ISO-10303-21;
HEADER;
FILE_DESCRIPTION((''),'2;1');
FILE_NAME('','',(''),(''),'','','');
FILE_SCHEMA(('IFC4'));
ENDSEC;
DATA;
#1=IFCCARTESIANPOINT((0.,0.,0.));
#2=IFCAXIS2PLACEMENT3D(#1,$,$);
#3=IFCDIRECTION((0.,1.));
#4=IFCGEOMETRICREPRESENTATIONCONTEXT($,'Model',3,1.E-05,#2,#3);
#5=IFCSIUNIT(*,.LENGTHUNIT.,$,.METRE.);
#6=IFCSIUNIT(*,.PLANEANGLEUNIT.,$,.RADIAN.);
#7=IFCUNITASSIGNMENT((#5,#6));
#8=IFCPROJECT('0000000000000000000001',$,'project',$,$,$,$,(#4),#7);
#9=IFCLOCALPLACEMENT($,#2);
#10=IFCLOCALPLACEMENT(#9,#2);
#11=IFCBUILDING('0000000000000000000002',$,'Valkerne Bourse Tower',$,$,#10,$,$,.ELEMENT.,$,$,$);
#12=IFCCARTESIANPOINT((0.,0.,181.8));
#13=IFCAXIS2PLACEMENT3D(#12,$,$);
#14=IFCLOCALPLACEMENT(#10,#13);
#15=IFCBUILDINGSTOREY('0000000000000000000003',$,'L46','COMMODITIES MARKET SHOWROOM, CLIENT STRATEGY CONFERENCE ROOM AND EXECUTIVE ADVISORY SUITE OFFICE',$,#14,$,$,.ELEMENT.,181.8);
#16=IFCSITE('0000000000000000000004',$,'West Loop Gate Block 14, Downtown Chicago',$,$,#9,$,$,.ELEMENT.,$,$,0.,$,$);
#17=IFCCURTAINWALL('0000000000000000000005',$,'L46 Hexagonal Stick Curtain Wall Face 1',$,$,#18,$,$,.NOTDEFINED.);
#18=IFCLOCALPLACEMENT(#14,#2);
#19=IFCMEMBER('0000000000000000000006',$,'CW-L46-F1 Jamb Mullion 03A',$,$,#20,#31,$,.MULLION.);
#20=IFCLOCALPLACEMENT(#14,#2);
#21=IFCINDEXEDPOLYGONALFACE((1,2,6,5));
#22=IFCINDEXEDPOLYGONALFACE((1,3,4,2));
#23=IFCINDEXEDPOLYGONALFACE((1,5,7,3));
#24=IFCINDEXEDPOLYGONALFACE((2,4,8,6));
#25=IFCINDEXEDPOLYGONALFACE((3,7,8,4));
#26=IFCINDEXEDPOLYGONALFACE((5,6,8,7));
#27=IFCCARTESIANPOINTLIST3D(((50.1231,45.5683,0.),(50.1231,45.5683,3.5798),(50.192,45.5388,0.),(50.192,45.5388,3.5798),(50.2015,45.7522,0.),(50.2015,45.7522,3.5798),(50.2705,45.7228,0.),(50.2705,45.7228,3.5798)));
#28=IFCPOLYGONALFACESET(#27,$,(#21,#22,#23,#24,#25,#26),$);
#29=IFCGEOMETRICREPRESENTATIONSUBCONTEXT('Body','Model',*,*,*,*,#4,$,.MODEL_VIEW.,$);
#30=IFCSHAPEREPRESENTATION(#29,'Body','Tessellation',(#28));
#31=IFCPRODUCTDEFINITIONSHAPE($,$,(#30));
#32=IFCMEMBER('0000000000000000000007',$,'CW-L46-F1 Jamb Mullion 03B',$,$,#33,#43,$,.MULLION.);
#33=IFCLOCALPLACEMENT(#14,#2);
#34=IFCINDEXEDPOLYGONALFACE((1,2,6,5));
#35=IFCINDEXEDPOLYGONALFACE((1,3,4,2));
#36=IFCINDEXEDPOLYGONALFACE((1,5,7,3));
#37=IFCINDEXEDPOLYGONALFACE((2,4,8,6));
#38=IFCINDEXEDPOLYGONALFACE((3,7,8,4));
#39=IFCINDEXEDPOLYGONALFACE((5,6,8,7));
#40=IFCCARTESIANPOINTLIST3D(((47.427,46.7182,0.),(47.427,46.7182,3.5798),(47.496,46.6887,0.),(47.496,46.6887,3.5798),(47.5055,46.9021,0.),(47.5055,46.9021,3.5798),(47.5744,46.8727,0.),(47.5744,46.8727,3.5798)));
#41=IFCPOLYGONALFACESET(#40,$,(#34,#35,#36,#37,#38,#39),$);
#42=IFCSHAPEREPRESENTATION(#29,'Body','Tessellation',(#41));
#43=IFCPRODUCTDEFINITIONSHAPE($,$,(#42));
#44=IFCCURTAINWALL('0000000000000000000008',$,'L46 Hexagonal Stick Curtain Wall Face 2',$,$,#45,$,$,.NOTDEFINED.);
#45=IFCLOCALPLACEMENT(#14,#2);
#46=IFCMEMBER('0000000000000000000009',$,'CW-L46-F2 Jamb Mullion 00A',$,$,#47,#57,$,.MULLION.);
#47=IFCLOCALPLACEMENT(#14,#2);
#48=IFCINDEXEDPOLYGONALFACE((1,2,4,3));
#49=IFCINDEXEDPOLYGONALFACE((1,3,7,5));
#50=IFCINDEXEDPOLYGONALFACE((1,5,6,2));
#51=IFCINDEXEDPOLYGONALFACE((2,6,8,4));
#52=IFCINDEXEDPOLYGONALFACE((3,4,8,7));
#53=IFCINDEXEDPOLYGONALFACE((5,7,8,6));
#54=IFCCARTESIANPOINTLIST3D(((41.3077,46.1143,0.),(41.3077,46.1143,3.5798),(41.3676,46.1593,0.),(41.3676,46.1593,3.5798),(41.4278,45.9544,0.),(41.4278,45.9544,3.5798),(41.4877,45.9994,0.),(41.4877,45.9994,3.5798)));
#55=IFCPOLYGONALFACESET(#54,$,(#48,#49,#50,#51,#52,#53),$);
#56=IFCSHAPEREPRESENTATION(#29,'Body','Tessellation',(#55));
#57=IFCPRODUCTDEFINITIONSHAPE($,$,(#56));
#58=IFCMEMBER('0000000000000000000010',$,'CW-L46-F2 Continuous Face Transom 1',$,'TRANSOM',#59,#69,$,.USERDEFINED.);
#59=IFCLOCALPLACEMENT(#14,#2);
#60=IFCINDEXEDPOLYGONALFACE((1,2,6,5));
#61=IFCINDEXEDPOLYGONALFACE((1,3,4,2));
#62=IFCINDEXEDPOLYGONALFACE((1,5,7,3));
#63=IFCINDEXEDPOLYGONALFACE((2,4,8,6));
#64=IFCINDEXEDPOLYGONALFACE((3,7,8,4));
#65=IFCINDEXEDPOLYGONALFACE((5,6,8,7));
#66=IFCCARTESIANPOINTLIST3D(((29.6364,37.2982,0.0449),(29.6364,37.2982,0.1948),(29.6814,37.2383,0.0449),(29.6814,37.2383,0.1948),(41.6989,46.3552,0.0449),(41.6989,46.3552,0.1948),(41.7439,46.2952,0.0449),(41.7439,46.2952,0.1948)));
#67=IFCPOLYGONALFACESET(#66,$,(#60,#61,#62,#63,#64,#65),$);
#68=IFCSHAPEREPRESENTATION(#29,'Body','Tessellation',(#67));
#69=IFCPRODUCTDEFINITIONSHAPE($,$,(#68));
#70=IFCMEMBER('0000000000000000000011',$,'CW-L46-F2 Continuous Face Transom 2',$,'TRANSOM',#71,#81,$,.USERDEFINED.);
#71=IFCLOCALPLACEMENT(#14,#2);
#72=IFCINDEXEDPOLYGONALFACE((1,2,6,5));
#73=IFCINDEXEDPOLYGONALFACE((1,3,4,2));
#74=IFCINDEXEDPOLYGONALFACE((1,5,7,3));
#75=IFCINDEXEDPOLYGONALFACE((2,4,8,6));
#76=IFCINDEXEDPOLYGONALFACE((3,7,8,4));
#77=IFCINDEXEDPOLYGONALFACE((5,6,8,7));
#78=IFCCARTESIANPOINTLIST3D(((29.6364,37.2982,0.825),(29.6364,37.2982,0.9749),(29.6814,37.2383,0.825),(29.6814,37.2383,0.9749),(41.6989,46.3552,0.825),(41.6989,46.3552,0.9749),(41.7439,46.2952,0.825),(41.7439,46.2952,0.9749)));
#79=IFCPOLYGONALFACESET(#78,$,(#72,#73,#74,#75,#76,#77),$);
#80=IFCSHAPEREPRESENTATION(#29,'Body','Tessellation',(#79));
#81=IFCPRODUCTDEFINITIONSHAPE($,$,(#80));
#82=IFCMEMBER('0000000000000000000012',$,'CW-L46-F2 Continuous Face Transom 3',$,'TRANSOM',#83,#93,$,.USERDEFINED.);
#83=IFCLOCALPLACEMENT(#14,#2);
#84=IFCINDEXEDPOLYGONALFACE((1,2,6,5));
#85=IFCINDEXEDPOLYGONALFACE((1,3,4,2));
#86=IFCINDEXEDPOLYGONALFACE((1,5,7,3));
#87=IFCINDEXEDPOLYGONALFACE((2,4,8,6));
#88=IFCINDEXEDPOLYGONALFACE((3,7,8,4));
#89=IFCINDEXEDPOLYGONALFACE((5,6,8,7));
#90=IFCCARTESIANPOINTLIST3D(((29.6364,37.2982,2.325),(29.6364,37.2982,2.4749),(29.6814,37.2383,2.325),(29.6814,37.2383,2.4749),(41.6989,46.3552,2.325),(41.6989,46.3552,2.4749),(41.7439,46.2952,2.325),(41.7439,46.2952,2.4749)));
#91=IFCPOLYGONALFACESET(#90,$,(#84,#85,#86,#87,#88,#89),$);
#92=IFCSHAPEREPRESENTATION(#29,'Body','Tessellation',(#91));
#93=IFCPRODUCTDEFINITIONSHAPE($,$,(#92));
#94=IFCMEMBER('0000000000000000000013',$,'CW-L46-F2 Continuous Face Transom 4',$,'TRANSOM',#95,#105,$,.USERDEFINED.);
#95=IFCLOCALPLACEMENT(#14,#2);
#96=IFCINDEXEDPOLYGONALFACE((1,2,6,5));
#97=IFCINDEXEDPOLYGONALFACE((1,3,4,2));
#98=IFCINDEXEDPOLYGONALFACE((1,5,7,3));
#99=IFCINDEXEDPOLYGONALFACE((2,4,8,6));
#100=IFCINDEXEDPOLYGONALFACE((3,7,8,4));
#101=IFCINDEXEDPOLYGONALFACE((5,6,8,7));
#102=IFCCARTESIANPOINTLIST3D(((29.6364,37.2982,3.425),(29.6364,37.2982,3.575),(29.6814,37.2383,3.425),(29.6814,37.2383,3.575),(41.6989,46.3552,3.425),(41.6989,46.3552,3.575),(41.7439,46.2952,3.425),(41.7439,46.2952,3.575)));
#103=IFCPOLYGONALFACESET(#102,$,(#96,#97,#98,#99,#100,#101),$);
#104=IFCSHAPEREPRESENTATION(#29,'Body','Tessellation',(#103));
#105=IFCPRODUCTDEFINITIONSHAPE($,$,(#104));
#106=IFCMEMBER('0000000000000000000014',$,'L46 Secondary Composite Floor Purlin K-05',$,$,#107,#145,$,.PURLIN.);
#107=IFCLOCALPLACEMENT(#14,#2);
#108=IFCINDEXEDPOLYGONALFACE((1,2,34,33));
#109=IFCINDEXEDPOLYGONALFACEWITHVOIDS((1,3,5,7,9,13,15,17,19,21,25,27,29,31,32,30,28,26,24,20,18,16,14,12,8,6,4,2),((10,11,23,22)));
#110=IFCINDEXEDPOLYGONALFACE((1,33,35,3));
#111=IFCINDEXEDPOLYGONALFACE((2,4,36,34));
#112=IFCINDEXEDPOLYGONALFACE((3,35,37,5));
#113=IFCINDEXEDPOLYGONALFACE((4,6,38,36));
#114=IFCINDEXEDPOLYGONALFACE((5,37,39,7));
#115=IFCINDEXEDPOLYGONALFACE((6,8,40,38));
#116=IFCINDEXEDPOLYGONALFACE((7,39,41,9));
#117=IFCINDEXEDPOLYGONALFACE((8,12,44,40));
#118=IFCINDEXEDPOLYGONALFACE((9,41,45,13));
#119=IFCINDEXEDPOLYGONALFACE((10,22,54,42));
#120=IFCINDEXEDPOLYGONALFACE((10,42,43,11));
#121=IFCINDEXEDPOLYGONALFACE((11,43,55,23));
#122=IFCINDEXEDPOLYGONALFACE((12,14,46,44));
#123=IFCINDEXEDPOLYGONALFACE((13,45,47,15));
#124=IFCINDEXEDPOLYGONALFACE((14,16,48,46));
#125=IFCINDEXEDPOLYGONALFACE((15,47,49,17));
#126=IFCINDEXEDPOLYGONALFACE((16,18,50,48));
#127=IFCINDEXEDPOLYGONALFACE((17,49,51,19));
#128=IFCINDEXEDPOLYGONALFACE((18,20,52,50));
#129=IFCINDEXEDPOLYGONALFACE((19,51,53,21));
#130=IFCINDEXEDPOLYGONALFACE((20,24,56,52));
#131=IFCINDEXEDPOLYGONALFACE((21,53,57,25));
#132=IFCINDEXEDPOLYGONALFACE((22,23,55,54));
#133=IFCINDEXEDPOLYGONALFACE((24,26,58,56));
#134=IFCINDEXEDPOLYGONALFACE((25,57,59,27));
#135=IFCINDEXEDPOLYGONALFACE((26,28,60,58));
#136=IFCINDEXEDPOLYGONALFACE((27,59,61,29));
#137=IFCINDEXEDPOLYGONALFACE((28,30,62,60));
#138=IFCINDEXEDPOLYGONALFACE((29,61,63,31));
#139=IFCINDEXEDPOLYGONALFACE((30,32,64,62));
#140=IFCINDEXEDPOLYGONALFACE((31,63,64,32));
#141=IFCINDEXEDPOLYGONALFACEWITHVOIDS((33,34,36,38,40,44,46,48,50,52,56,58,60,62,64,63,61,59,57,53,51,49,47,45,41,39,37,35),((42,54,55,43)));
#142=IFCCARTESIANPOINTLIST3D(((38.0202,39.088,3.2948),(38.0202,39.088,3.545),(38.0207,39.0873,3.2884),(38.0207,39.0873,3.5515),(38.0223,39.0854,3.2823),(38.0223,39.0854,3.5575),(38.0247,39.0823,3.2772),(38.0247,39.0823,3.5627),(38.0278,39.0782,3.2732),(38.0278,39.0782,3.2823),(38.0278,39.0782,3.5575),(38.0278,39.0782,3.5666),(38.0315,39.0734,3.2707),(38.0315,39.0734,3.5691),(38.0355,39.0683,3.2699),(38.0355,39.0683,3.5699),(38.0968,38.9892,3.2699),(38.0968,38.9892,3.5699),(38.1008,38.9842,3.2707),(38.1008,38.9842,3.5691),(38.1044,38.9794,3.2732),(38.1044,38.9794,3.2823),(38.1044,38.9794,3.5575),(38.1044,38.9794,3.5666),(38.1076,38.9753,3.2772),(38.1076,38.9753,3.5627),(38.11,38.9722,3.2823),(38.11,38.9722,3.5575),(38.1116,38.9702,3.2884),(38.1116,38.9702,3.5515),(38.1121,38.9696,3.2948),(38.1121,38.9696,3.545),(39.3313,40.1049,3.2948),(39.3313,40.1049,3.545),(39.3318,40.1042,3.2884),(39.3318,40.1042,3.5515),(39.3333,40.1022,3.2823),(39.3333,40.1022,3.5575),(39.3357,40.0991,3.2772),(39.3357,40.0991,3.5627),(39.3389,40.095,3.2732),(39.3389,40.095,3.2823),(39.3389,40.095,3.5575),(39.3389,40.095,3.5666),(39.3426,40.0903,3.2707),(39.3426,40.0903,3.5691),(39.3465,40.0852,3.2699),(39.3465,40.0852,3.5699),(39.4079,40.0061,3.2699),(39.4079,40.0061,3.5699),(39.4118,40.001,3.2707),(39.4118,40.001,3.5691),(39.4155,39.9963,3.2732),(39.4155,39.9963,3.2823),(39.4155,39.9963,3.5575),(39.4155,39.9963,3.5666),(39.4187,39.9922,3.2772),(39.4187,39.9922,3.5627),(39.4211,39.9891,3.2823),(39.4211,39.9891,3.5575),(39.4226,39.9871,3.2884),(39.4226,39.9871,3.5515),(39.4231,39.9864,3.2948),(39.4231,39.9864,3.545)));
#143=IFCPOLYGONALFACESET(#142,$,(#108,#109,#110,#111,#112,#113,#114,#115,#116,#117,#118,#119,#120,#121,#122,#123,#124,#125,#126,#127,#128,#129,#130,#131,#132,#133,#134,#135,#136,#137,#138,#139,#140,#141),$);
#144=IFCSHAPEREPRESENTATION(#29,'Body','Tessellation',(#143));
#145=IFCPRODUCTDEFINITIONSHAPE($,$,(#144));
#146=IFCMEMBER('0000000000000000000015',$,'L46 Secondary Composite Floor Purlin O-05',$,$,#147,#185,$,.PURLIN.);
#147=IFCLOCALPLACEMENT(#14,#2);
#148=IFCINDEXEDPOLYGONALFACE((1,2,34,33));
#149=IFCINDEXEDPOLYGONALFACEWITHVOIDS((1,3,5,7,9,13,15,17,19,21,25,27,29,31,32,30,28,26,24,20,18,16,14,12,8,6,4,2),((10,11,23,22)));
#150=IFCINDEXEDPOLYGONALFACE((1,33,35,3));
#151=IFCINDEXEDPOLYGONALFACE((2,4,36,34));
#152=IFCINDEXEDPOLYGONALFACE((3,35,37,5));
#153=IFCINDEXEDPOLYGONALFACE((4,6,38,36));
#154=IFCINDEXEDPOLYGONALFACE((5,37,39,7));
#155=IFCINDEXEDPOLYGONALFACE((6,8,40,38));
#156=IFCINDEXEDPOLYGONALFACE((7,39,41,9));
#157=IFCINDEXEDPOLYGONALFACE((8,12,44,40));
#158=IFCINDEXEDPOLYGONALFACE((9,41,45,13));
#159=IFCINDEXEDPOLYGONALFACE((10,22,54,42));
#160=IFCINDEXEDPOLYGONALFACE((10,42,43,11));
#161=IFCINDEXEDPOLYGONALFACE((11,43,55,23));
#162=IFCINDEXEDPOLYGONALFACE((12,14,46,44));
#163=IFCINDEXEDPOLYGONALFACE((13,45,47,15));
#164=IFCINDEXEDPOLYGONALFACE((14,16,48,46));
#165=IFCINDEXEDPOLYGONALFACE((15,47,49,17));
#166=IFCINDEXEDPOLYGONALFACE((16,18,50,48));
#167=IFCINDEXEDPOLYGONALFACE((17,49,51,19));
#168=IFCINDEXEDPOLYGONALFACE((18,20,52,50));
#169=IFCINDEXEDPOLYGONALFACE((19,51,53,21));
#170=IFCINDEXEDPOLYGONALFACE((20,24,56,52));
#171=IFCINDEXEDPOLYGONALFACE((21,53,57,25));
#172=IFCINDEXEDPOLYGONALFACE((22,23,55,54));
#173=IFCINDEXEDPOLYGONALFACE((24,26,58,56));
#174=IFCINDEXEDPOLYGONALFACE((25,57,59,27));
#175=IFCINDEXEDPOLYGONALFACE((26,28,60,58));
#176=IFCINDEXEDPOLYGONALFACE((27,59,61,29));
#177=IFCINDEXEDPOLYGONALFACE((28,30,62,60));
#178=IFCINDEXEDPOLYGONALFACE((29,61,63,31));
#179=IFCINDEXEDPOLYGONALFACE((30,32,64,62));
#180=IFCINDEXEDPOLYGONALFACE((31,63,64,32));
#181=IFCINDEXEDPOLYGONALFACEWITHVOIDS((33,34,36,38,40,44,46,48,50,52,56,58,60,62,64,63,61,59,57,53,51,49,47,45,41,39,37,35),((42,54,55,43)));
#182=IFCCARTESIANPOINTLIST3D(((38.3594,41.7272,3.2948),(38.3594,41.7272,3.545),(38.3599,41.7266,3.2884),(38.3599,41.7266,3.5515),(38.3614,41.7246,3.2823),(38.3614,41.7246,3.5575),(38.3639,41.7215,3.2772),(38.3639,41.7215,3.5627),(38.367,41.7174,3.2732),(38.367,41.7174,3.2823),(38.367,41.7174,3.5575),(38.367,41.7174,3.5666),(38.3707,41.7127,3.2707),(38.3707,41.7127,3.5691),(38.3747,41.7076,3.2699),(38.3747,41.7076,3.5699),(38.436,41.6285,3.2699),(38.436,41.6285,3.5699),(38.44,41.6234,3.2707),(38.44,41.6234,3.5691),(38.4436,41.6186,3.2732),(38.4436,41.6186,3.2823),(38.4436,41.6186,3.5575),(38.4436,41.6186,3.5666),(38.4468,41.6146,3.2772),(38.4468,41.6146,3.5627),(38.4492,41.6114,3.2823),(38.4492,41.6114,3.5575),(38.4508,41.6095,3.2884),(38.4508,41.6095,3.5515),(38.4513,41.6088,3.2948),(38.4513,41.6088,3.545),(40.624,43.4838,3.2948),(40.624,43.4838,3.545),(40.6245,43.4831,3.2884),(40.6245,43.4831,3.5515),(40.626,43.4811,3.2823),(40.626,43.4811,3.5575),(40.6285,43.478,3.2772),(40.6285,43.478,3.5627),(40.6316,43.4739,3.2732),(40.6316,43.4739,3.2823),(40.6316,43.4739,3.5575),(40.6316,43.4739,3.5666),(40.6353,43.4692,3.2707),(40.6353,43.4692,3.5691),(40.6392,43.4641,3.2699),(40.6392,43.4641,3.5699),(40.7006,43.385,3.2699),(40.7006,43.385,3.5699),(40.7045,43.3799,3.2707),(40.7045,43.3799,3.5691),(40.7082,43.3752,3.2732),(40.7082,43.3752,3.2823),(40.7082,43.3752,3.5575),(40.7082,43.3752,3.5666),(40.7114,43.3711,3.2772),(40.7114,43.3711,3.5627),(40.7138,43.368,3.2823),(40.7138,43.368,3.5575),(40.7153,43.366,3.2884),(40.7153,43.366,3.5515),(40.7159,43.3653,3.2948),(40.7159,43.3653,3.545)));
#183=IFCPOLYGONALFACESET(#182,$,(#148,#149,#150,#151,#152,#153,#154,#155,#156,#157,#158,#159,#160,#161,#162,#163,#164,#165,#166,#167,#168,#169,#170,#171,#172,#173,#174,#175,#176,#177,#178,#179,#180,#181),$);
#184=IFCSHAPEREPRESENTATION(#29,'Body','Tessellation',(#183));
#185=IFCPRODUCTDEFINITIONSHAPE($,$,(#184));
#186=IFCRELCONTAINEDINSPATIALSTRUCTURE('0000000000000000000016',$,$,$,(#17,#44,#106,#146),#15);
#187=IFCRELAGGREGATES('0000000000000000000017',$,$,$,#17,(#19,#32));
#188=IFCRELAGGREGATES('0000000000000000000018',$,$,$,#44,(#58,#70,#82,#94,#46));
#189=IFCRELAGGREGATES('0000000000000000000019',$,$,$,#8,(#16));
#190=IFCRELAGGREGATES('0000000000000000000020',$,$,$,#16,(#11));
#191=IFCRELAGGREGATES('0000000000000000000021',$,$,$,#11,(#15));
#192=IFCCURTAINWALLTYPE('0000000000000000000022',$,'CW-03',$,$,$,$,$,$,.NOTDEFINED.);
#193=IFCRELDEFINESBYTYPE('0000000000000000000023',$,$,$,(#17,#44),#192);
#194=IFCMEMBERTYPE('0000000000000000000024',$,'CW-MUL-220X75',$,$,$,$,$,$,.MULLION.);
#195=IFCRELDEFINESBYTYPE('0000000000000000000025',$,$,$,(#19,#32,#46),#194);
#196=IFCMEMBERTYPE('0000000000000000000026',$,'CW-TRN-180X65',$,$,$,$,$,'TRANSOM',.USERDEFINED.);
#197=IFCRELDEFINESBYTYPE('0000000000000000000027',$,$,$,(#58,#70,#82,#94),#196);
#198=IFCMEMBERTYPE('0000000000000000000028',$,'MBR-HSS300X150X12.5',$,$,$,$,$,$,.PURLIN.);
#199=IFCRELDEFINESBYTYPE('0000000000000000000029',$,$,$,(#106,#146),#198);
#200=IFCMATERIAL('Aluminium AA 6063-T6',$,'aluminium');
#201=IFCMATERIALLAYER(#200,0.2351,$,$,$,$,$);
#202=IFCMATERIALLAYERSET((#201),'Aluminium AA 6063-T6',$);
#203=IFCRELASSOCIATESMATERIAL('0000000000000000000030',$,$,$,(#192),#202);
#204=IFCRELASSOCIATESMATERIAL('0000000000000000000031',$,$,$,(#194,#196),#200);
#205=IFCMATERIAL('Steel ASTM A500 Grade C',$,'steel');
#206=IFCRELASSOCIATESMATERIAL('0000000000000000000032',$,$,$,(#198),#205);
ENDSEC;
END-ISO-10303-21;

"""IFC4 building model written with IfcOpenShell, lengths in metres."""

from ifc_helpers import new_model, si_unit, direction, frame, origin, origin_2d, place, context, subcontext, project, spatial, rectangle, hollow_rectangle, extrude, material, layer, layer_set, material_profile, profile_set, type_object, element, aggregate, save


model = new_model("IFC4")

# Units and contexts
model_context = context("Model", 3, precision=1e-05, world=origin(), true_north=direction((0.0, 1.0)))
body_context = subcontext(model_context, "Body", "Model", "MODEL_VIEW")
ifc_project = project(units=[si_unit("LENGTHUNIT", "METRE"), si_unit("PLANEANGLEUNIT", "RADIAN")], contexts=[model_context])

# Site, building, storey
site_placement = place(None, origin())
site = spatial("IfcSite", under=ifc_project, at=site_placement, Name="West Loop Gate Block 14, Downtown Chicago", CompositionType="ELEMENT", RefElevation=0.0)
building_placement = place(site_placement, origin())
building = spatial("IfcBuilding", under=site, at=building_placement, Name="Valkerne Bourse Tower", CompositionType="ELEMENT")
storey_placement = place(building_placement, frame((0.0, 0.0, 181.8)))
storey = spatial("IfcBuildingStorey", under=building, at=storey_placement, Name="L46", Description="COMMODITIES MARKET SHOWROOM, CLIENT STRATEGY CONFERENCE ROOM AND EXECUTIVE ADVISORY SUITE OFFICE", CompositionType="ELEMENT", Elevation=181.8)

# Curtain walls, members
ifc_material_1 = material(Name="Aluminium AA 6063-T6", Category="aluminium")
ifc_layer_1 = layer(ifc_material_1, 0.2351)
ifc_layer_set_1 = layer_set([ifc_layer_1], Name="Aluminium AA 6063-T6")
curtain_wall_type = type_object("IfcCurtainWallType", Name="CW-03", PredefinedType="NOTDEFINED", material=ifc_layer_set_1)
curtain_wall_1_placement = place(storey_placement, origin())
curtain_wall_1 = element("IfcCurtainWall", 1, at=curtain_wall_1_placement, inside=storey, type_object=curtain_wall_type, Name="L46 Hexagonal Stick Curtain Wall Face 1", PredefinedType="NOTDEFINED")
ifc_material_profile_1 = material_profile(ifc_material_1, rectangle(XDim=0.075, YDim=0.2, at=origin_2d()), Name="CWM-75X200")
ifc_profile_set_1 = profile_set([ifc_material_profile_1], Name="Aluminium AA 6063-T6")
member_type_1 = type_object("IfcMemberType", Name="CW-MUL-220X75", PredefinedType="MULLION", material=ifc_profile_set_1)
member_1_placement = place(storey_placement, frame((50.1968, 45.6455, 0.0), z_axis=(0.0, 0.0, 1.0), x_axis=(-0.91982, 0.392341, 0.0)))
member_1 = element("IfcMember", 2, at=member_1_placement, type_object=member_type_1, Name="CW-L46-F1 Jamb Mullion 03A", PredefinedType="MULLION", context=body_context, shape_type="SweptSolid", body=[
    extrude(rectangle(XDim=0.075, YDim=0.2, at=origin_2d()), origin(), (0.0, 0.0, 1.0), 3.5798),
])
member_2_placement = place(storey_placement, frame((47.5007, 46.7954, 0.0), z_axis=(0.0, 0.0, 1.0), x_axis=(-0.91982, 0.392341, 0.0)))
member_2 = element("IfcMember", 3, at=member_2_placement, type_object=member_type_1, Name="CW-L46-F1 Jamb Mullion 03B", PredefinedType="MULLION", context=body_context, shape_type="SweptSolid", body=[
    extrude(rectangle(XDim=0.075, YDim=0.2, at=origin_2d()), origin(), (0.0, 0.0, 1.0), 3.5798),
])
curtain_wall_2_placement = place(storey_placement, origin())
curtain_wall_2 = element("IfcCurtainWall", 4, at=curtain_wall_2_placement, inside=storey, type_object=curtain_wall_type, Name="L46 Hexagonal Stick Curtain Wall Face 2", PredefinedType="NOTDEFINED")
member_3_placement = place(storey_placement, frame((41.3977, 46.0569, 0.0), z_axis=(0.0, 0.0, 1.0), x_axis=(-0.799691, -0.600411, 0.0)))
member_3 = element("IfcMember", 5, at=member_3_placement, type_object=member_type_1, Name="CW-L46-F2 Jamb Mullion 00A", PredefinedType="MULLION", context=body_context, shape_type="SweptSolid", body=[
    extrude(rectangle(XDim=0.075, YDim=0.2, at=origin_2d()), origin(), (0.0, 0.0, 1.0), 3.5798),
])
ifc_material_profile_2 = material_profile(ifc_material_1, rectangle(XDim=0.075, YDim=0.1499, at=origin_2d()), Name="CWT-75X150")
ifc_profile_set_2 = profile_set([ifc_material_profile_2], Name="Aluminium AA 6063-T6")
member_type_2 = type_object("IfcMemberType", Name="CW-TRN-180X65", ElementType="TRANSOM", PredefinedType="USERDEFINED", material=ifc_profile_set_2)
member_4_placement = place(storey_placement, frame((41.7214, 46.3252, 0.1199), z_axis=(-0.799681, -0.600425, 0.0), x_axis=(0.600425, -0.799681, 0.0)))
member_4 = element("IfcMember", 6, at=member_4_placement, type_object=member_type_2, Name="CW-L46-F2 Continuous Face Transom 1", ObjectType="TRANSOM", PredefinedType="USERDEFINED", context=body_context, shape_type="SweptSolid", body=[
    extrude(rectangle(XDim=0.075, YDim=0.1499, at=origin_2d()), origin(), (0.0, 0.0, 1.0), 15.0842),
])
member_5_placement = place(storey_placement, frame((41.7214, 46.3252, 0.8999), z_axis=(-0.799681, -0.600425, 0.0), x_axis=(0.600425, -0.799681, 0.0)))
member_5 = element("IfcMember", 7, at=member_5_placement, type_object=member_type_2, Name="CW-L46-F2 Continuous Face Transom 2", ObjectType="TRANSOM", PredefinedType="USERDEFINED", context=body_context, shape_type="SweptSolid", body=[
    extrude(rectangle(XDim=0.075, YDim=0.1499, at=origin_2d()), origin(), (0.0, 0.0, 1.0), 15.0842),
])
member_6_placement = place(storey_placement, frame((41.7214, 46.3252, 2.3999), z_axis=(-0.799681, -0.600425, 0.0), x_axis=(0.600425, -0.799681, 0.0)))
member_6 = element("IfcMember", 8, at=member_6_placement, type_object=member_type_2, Name="CW-L46-F2 Continuous Face Transom 3", ObjectType="TRANSOM", PredefinedType="USERDEFINED", context=body_context, shape_type="SweptSolid", body=[
    extrude(rectangle(XDim=0.075, YDim=0.1499, at=origin_2d()), origin(), (0.0, 0.0, 1.0), 15.0842),
])
member_7_placement = place(storey_placement, frame((41.7214, 46.3252, 3.5), z_axis=(-0.799681, -0.600425, 0.0), x_axis=(0.600425, -0.799681, 0.0)))
member_7 = element("IfcMember", 9, at=member_7_placement, type_object=member_type_2, Name="CW-L46-F2 Continuous Face Transom 4", ObjectType="TRANSOM", PredefinedType="USERDEFINED", context=body_context, shape_type="SweptSolid", body=[
    extrude(rectangle(XDim=0.075, YDim=0.1499, at=origin_2d()), origin(), (0.0, 0.0, 1.0), 15.0842),
])

# Members
ifc_material_2 = material(Name="Steel ASTM A500 Grade C", Category="steel")
ifc_material_profile_3 = material_profile(ifc_material_2, hollow_rectangle(XDim=0.1499, YDim=0.3, WallThickness=0.0125, OuterFilletRadius=0.0249, at=origin_2d()), Name="HSS300X150X12.5")
ifc_profile_set_3 = profile_set([ifc_material_profile_3], Name="Steel ASTM A500 Grade C")
member_type_3 = type_object("IfcMemberType", Name="MBR-HSS300X150X12.5", PredefinedType="PURLIN", material=ifc_profile_set_3)
member_8_placement = place(storey_placement, frame((39.3772, 40.0457, 3.4199), z_axis=(-0.790183, -0.61287, 0.0), x_axis=(0.61287, -0.790183, 0.0)))
element("IfcMember", 10, at=member_8_placement, inside=storey, type_object=member_type_3, Name="L46 Secondary Composite Floor Purlin K-05", PredefinedType="PURLIN", context=body_context, shape_type="SweptSolid", body=[
    extrude(hollow_rectangle(XDim=0.1499, YDim=0.3, WallThickness=0.0125, OuterFilletRadius=0.0249, at=origin_2d()), origin(), (0.0, 0.0, 1.0), 1.6592),
])
member_9_placement = place(storey_placement, frame((40.6699, 43.4246, 3.4199), z_axis=(-0.790163, -0.612896, 0.0), x_axis=(0.612896, -0.790163, 0.0)))
element("IfcMember", 11, at=member_9_placement, inside=storey, type_object=member_type_3, Name="L46 Secondary Composite Floor Purlin O-05", PredefinedType="PURLIN", context=body_context, shape_type="SweptSolid", body=[
    extrude(hollow_rectangle(XDim=0.1499, YDim=0.3, WallThickness=0.0125, OuterFilletRadius=0.0249, at=origin_2d()), origin(), (0.0, 0.0, 1.0), 2.866),
])

aggregate(curtain_wall_1, [member_1, member_2])
aggregate(curtain_wall_2, [member_4, member_5, member_6, member_7, member_3])

save(model, "model.ifc")
